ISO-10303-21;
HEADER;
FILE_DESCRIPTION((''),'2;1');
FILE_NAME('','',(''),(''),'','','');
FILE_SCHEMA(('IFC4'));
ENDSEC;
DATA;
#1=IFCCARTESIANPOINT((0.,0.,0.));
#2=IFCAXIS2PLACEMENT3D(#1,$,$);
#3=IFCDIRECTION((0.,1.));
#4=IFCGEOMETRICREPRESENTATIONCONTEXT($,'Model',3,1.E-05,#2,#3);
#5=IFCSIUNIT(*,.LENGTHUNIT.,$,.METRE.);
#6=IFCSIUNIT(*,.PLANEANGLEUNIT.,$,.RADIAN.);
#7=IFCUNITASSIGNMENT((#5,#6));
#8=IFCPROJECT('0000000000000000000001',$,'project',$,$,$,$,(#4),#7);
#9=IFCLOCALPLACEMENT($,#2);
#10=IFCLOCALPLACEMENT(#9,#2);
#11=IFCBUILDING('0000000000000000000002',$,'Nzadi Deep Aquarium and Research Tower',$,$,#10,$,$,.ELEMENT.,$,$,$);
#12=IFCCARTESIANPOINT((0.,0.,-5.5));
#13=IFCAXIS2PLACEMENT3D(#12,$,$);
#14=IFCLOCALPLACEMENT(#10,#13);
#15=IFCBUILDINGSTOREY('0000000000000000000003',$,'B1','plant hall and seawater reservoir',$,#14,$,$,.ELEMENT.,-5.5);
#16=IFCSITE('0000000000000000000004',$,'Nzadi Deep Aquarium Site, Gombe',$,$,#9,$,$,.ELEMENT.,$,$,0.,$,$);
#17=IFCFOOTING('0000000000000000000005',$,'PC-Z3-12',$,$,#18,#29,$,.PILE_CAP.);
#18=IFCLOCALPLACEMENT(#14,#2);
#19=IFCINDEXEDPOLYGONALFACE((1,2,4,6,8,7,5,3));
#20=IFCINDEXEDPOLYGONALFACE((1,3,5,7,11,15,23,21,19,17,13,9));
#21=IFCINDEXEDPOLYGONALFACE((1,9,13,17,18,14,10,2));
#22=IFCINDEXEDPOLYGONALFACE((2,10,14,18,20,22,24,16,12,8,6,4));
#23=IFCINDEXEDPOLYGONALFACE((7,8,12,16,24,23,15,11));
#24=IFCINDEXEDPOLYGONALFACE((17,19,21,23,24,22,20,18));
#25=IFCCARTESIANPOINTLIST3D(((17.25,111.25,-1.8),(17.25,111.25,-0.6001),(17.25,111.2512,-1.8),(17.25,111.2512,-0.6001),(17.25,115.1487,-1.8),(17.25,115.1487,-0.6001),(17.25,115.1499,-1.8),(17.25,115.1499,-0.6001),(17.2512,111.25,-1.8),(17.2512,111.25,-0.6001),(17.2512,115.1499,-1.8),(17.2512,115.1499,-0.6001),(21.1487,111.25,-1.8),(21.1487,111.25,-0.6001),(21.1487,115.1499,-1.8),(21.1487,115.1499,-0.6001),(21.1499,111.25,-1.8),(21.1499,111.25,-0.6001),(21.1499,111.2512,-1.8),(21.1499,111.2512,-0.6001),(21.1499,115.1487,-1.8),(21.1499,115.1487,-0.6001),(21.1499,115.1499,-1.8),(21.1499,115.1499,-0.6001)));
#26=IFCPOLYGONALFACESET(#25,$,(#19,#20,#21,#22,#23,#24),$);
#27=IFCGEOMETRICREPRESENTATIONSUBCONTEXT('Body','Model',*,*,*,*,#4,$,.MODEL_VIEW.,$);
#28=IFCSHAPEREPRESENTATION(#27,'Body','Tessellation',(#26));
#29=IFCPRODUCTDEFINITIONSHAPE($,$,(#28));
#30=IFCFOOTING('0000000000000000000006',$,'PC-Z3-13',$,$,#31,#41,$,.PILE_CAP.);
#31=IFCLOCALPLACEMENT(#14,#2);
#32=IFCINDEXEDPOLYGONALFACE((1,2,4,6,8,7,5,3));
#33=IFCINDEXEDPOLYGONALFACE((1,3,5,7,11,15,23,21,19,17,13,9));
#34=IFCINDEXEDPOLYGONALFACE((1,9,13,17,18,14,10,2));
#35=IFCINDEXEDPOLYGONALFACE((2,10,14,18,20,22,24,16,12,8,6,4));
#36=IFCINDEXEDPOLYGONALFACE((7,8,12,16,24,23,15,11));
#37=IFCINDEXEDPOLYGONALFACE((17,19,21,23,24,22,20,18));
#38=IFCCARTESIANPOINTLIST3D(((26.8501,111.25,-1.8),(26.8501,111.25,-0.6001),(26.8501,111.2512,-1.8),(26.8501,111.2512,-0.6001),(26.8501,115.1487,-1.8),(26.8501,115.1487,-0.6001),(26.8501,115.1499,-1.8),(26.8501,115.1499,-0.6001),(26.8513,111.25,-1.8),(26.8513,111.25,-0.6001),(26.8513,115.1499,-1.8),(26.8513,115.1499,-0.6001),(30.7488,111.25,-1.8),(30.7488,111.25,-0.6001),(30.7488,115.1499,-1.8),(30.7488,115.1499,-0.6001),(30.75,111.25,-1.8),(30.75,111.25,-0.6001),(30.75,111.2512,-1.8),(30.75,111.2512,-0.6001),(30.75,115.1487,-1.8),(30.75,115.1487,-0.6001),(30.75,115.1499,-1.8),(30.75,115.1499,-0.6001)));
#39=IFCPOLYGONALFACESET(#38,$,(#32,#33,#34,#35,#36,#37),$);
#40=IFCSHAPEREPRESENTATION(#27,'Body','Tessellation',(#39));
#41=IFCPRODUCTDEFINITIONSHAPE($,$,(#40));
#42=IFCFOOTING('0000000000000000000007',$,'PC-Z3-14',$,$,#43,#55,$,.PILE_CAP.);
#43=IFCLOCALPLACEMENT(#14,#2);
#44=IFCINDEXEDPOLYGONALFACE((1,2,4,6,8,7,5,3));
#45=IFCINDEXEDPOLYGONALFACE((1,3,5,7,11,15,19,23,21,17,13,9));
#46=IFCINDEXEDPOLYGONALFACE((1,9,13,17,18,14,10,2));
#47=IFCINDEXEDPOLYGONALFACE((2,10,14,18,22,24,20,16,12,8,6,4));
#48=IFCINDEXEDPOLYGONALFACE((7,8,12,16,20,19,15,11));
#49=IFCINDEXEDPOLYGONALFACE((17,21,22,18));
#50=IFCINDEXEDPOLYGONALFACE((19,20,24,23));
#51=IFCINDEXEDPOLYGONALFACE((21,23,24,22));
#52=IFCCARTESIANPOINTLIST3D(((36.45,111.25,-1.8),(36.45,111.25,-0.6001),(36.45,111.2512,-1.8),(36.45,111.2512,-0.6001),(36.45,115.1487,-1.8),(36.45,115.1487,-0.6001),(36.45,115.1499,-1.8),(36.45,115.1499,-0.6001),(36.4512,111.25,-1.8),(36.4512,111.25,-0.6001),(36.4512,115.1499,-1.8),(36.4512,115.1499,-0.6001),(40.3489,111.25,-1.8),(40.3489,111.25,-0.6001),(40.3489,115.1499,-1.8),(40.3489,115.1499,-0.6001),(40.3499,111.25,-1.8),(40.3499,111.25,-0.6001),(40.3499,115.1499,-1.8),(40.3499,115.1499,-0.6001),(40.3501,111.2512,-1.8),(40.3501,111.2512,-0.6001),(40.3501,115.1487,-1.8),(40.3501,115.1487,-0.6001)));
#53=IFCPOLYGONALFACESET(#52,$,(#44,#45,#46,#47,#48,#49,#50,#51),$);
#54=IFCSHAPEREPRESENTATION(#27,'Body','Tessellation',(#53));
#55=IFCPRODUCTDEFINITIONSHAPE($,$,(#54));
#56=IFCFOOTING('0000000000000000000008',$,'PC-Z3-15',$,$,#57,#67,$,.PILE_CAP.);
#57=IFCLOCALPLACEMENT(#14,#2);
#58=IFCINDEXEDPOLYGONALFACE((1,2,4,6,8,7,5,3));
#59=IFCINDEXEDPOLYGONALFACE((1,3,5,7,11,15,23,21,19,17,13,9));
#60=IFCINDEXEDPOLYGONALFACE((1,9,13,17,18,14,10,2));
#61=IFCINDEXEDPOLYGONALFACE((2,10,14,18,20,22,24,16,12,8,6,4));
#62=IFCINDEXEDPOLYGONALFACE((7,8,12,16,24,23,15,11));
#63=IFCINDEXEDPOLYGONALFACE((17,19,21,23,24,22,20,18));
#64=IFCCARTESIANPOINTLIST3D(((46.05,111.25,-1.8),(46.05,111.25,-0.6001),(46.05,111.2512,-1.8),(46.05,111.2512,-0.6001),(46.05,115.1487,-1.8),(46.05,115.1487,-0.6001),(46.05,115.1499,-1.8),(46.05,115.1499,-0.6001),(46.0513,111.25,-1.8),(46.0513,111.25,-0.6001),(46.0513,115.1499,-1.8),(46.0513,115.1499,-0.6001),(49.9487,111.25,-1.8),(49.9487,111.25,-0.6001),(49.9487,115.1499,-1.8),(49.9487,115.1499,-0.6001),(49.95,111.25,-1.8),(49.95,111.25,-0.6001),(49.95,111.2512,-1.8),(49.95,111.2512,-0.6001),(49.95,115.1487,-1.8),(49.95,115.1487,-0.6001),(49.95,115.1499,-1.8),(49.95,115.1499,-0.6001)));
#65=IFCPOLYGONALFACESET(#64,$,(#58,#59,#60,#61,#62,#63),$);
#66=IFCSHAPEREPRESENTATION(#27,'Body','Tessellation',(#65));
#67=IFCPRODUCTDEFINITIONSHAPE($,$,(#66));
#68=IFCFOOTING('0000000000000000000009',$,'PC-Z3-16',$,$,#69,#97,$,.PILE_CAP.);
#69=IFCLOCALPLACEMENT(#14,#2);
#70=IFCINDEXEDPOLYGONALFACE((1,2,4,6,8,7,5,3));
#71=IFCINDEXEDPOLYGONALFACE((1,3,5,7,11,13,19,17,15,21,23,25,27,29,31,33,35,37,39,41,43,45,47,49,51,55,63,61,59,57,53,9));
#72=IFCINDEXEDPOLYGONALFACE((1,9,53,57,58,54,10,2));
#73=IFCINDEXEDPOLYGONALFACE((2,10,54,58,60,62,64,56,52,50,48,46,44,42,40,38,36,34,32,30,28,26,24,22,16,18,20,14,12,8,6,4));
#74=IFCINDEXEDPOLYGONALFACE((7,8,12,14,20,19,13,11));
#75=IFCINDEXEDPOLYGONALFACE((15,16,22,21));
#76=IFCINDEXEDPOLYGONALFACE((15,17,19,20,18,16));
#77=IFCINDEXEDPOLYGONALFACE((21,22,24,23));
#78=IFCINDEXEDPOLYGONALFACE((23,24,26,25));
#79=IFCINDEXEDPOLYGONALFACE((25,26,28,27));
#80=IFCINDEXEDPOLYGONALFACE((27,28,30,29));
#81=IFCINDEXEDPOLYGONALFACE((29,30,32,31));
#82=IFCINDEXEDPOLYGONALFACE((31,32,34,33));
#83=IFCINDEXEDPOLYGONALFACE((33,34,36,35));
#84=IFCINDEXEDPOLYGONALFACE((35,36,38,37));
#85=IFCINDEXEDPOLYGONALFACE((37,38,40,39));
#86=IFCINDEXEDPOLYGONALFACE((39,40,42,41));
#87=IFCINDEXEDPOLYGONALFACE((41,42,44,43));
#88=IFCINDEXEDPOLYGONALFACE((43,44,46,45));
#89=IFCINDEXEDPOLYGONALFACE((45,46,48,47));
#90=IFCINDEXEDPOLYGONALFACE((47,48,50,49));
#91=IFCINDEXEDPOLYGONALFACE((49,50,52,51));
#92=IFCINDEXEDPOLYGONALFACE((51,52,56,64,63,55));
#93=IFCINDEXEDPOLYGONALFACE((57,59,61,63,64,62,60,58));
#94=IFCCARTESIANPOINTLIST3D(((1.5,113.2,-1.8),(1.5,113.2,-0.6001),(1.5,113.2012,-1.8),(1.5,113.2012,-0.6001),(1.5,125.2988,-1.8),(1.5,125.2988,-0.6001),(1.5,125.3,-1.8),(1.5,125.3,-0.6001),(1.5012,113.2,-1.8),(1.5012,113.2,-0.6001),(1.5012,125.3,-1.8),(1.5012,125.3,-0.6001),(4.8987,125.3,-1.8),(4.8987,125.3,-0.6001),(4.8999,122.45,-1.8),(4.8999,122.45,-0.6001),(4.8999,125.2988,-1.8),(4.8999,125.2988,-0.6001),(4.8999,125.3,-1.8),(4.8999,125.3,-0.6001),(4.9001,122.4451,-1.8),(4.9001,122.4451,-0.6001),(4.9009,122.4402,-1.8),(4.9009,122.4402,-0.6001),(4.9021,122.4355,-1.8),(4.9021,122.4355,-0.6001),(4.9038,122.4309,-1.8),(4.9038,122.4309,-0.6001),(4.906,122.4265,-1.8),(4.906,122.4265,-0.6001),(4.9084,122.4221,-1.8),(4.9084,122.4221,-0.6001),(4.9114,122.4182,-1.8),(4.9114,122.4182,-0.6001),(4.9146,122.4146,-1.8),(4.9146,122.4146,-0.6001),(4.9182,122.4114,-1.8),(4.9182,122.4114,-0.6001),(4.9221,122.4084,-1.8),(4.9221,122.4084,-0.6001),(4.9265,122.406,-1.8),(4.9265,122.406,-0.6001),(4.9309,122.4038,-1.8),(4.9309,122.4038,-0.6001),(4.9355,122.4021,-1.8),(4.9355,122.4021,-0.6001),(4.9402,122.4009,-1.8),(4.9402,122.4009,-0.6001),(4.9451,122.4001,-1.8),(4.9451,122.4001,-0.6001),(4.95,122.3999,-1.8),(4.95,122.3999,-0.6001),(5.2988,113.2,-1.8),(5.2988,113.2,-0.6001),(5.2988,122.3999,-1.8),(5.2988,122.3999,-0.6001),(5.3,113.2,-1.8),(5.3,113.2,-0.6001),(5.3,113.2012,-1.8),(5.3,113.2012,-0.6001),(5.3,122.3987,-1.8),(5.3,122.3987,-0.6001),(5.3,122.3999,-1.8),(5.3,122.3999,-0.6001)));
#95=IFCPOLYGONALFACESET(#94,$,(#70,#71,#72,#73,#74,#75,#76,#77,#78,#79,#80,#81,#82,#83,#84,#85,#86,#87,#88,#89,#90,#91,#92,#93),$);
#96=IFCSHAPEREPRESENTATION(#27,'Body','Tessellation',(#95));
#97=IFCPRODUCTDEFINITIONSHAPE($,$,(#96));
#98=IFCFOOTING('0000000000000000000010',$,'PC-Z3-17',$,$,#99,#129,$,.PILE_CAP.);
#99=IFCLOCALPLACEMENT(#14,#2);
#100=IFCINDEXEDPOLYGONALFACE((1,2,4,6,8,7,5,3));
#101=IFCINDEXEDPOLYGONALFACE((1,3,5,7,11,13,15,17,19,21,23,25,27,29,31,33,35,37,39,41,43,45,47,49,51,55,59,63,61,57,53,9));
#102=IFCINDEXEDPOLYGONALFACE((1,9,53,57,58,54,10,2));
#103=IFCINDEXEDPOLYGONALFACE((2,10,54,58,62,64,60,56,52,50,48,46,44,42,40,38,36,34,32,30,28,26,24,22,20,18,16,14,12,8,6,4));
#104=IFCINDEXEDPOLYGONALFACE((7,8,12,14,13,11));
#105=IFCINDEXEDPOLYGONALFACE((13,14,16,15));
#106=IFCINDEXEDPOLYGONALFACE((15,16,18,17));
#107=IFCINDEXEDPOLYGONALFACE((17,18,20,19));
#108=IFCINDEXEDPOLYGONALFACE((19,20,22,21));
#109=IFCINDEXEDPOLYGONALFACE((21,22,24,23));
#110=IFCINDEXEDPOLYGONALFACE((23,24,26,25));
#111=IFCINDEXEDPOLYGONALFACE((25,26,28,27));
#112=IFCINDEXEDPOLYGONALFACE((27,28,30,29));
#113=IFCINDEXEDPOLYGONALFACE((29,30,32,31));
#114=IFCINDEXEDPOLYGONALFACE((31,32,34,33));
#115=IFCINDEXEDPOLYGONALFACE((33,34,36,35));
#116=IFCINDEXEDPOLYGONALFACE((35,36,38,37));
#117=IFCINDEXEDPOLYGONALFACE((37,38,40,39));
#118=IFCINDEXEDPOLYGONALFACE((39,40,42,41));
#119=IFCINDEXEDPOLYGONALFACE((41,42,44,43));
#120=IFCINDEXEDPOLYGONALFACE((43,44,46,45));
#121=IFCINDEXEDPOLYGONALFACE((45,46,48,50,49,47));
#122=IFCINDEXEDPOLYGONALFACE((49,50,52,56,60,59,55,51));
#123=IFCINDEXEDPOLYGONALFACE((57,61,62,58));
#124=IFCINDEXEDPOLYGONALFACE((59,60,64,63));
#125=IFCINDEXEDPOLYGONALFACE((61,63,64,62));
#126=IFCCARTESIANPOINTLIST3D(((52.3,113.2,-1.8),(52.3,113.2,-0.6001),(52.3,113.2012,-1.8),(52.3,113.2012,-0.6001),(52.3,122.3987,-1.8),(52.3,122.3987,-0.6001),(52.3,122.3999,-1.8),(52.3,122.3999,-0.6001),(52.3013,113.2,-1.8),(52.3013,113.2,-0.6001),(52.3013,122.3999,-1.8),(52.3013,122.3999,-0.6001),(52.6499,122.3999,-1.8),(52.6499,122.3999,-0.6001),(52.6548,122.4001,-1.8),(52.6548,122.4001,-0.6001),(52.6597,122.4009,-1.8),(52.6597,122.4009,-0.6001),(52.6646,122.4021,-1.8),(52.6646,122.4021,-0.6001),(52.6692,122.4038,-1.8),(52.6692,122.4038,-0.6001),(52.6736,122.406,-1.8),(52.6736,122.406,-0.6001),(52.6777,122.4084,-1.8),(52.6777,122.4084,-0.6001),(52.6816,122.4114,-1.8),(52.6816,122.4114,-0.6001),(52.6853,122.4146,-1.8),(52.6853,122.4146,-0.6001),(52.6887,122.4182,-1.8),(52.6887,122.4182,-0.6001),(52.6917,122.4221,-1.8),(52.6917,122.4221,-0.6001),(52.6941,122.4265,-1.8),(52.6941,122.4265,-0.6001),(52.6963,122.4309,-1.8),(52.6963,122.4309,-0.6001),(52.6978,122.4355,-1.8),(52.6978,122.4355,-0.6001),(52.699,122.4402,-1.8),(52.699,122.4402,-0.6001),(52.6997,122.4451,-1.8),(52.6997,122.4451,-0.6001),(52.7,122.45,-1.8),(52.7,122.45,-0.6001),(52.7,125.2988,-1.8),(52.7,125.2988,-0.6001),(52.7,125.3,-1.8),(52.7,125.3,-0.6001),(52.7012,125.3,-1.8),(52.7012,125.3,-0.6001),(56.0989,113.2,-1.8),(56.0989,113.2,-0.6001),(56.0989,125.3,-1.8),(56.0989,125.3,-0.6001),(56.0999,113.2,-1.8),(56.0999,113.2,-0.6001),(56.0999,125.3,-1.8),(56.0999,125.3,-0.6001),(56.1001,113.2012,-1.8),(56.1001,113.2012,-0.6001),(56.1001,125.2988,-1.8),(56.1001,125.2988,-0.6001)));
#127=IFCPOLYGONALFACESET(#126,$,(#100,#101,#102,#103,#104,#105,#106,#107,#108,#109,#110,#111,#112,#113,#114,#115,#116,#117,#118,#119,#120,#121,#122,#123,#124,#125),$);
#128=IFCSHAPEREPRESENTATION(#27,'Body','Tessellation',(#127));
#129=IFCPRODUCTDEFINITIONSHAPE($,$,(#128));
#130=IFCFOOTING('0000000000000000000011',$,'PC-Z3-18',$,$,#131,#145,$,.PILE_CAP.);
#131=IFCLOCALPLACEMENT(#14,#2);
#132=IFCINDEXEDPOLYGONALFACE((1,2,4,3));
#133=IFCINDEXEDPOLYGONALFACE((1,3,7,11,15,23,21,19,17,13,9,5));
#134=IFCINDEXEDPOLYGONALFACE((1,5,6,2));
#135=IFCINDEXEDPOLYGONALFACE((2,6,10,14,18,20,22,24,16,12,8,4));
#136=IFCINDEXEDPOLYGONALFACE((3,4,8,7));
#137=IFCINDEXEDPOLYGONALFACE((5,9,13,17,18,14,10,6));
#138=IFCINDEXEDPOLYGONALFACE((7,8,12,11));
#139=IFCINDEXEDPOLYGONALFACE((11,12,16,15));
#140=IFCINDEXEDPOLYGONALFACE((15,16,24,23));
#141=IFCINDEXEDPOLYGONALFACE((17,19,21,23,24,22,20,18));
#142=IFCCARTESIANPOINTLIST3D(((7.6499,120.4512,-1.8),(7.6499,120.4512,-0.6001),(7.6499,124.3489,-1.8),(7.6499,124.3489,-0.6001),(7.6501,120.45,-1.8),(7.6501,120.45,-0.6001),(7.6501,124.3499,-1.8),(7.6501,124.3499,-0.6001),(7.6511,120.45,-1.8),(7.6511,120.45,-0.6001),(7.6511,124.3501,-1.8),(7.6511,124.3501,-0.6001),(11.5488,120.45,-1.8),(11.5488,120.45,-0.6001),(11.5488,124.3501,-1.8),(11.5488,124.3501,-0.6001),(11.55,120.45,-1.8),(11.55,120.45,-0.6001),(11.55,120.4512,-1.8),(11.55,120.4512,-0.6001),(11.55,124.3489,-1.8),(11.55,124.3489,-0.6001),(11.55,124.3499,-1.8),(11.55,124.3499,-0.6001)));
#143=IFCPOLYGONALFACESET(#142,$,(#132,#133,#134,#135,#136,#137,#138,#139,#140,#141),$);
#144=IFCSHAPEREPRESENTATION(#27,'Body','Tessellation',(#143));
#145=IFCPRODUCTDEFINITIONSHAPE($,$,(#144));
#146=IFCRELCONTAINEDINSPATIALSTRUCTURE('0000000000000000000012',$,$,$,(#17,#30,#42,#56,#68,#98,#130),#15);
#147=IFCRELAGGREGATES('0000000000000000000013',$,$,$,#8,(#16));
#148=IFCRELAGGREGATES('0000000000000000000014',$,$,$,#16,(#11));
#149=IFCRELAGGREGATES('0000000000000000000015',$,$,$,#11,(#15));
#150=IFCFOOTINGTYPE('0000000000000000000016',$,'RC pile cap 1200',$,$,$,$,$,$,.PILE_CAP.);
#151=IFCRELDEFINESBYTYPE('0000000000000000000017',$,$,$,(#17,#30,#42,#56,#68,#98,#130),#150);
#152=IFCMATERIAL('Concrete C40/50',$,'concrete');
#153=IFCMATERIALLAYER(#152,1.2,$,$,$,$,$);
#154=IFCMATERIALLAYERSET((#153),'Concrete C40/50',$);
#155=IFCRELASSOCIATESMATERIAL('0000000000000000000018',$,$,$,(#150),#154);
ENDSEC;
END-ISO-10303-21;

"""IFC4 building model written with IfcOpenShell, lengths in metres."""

from ifc_helpers import new_model, si_unit, direction, frame, origin, place, context, subcontext, project, spatial, polyline, outline, extrude, material, layer, layer_set, type_object, element, save


model = new_model("IFC4")

# Units and contexts
model_context = context("Model", 3, precision=1e-05, world=origin(), true_north=direction((0.0, 1.0)))
body_context = subcontext(model_context, "Body", "Model", "MODEL_VIEW")
ifc_project = project(units=[si_unit("LENGTHUNIT", "METRE"), si_unit("PLANEANGLEUNIT", "RADIAN")], contexts=[model_context])

# Site, building, storey
site_placement = place(None, origin())
site = spatial("IfcSite", under=ifc_project, at=site_placement, Name="Nzadi Deep Aquarium Site, Gombe", CompositionType="ELEMENT", RefElevation=0.0)
building_placement = place(site_placement, origin())
building = spatial("IfcBuilding", under=site, at=building_placement, Name="Nzadi Deep Aquarium and Research Tower", CompositionType="ELEMENT")
storey_placement = place(building_placement, frame((0.0, 0.0, -5.5)))
storey = spatial("IfcBuildingStorey", under=building, at=storey_placement, Name="B1", Description="plant hall and seawater reservoir", CompositionType="ELEMENT", Elevation=-5.5)

# Footings
ifc_material_1 = material(Name="Concrete C40/50", Category="concrete")
ifc_layer_1 = layer(ifc_material_1, 1.2)
ifc_layer_set_1 = layer_set([ifc_layer_1], Name="Concrete C40/50")
footing_type_1 = type_object("IfcFootingType", Name="RC pile cap 1200", PredefinedType="PILE_CAP", material=ifc_layer_set_1)
footing_1_placement = place(storey_placement, frame((0.0, 0.0, -1.8)))
element("IfcFooting", 1, at=footing_1_placement, inside=storey, type_object=footing_type_1, Name="PC-Z3-12", PredefinedType="PILE_CAP", context=body_context, shape_type="SweptSolid", body=[
    extrude(outline(polyline([(17.25, 115.1487), (17.25, 111.2512), (17.25, 111.25), (17.2512, 111.25), (21.1487, 111.25), (21.1499, 111.25), (21.1499, 111.2512), (21.1499, 115.1487), (21.1499, 115.1499), (21.1487, 115.1499), (17.2512, 115.1499), (17.25, 115.1499), (17.25, 115.1487)])), origin(), (0.0, 0.0, 1.0), 1.2),
])
footing_2_placement = place(storey_placement, frame((0.0, 0.0, -1.8)))
element("IfcFooting", 2, at=footing_2_placement, inside=storey, type_object=footing_type_1, Name="PC-Z3-13", PredefinedType="PILE_CAP", context=body_context, shape_type="SweptSolid", body=[
    extrude(outline(polyline([(26.8501, 115.1487), (26.8501, 111.2512), (26.8501, 111.25), (26.8513, 111.25), (30.7488, 111.25), (30.75, 111.25), (30.75, 111.2512), (30.75, 115.1487), (30.75, 115.1499), (30.7488, 115.1499), (26.8513, 115.1499), (26.8501, 115.1499), (26.8501, 115.1487)])), origin(), (0.0, 0.0, 1.0), 1.2),
])
footing_3_placement = place(storey_placement, frame((0.0, 0.0, -1.8)))
element("IfcFooting", 3, at=footing_3_placement, inside=storey, type_object=footing_type_1, Name="PC-Z3-14", PredefinedType="PILE_CAP", context=body_context, shape_type="SweptSolid", body=[
    extrude(outline(polyline([(36.45, 115.1487), (36.45, 111.2512), (36.45, 111.25), (36.4512, 111.25), (40.3489, 111.25), (40.3499, 111.25), (40.3501, 111.2512), (40.3501, 115.1487), (40.3499, 115.1499), (40.3489, 115.1499), (36.4512, 115.1499), (36.45, 115.1499), (36.45, 115.1487)])), origin(), (0.0, 0.0, 1.0), 1.2),
])
footing_4_placement = place(storey_placement, frame((0.0, 0.0, -1.8)))
element("IfcFooting", 4, at=footing_4_placement, inside=storey, type_object=footing_type_1, Name="PC-Z3-15", PredefinedType="PILE_CAP", context=body_context, shape_type="SweptSolid", body=[
    extrude(outline(polyline([(46.05, 115.1487), (46.05, 111.2512), (46.05, 111.25), (46.0513, 111.25), (49.9487, 111.25), (49.95, 111.25), (49.95, 111.2512), (49.95, 115.1487), (49.95, 115.1499), (49.9487, 115.1499), (46.0513, 115.1499), (46.05, 115.1499), (46.05, 115.1487)])), origin(), (0.0, 0.0, 1.0), 1.2),
])
footing_5_placement = place(storey_placement, frame((0.0, 0.0, -1.8)))
element("IfcFooting", 5, at=footing_5_placement, inside=storey, type_object=footing_type_1, Name="PC-Z3-16", PredefinedType="PILE_CAP", context=body_context, shape_type="SweptSolid", body=[
    extrude(outline(polyline([(1.5, 125.2988), (1.5, 113.2012), (1.5, 113.2), (1.5012, 113.2), (5.2988, 113.2), (5.3, 113.2), (5.3, 113.2012), (5.3, 122.3987), (5.3, 122.3999), (5.2988, 122.3999), (4.95, 122.3999), (4.9451, 122.4001), (4.9402, 122.4009), (4.9355, 122.4021), (4.9309, 122.4038), (4.9265, 122.406), (4.9221, 122.4084), (4.9182, 122.4114), (4.9146, 122.4146), (4.9114, 122.4182), (4.9084, 122.4221), (4.906, 122.4265), (4.9038, 122.4309), (4.9021, 122.4355), (4.9009, 122.4402), (4.9001, 122.4451), (4.8999, 122.45), (4.8999, 125.2988), (4.8999, 125.3), (4.8987, 125.3), (1.5012, 125.3), (1.5, 125.3), (1.5, 125.2988)])), origin(), (0.0, 0.0, 1.0), 1.2),
])
footing_6_placement = place(storey_placement, frame((0.0, 0.0, -1.8)))
element("IfcFooting", 6, at=footing_6_placement, inside=storey, type_object=footing_type_1, Name="PC-Z3-17", PredefinedType="PILE_CAP", context=body_context, shape_type="SweptSolid", body=[
    extrude(outline(polyline([(52.3, 122.3987), (52.3, 113.2012), (52.3, 113.2), (52.3013, 113.2), (56.0989, 113.2), (56.0999, 113.2), (56.1001, 113.2012), (56.1001, 125.2988), (56.0999, 125.3), (56.0989, 125.3), (52.7012, 125.3), (52.7, 125.3), (52.7, 125.2988), (52.7, 122.45), (52.6997, 122.4451), (52.699, 122.4402), (52.6978, 122.4355), (52.6963, 122.4309), (52.6941, 122.4265), (52.6917, 122.4221), (52.6887, 122.4182), (52.6853, 122.4146), (52.6816, 122.4114), (52.6777, 122.4084), (52.6736, 122.406), (52.6692, 122.4038), (52.6646, 122.4021), (52.6597, 122.4009), (52.6548, 122.4001), (52.6499, 122.3999), (52.3013, 122.3999), (52.3, 122.3999), (52.3, 122.3987)])), origin(), (0.0, 0.0, 1.0), 1.2),
])
footing_7_placement = place(storey_placement, frame((0.0, 0.0, -1.8)))
element("IfcFooting", 7, at=footing_7_placement, inside=storey, type_object=footing_type_1, Name="PC-Z3-18", PredefinedType="PILE_CAP", context=body_context, shape_type="SweptSolid", body=[
    extrude(outline(polyline([(7.6499, 124.3489), (7.6499, 120.4512), (7.6501, 120.45), (7.6511, 120.45), (11.5488, 120.45), (11.55, 120.45), (11.55, 120.4512), (11.55, 124.3489), (11.55, 124.3499), (11.5488, 124.3501), (7.6511, 124.3501), (7.6501, 124.3499), (7.6499, 124.3489)])), origin(), (0.0, 0.0, 1.0), 1.2),
])

save(model, "model.ifc")
